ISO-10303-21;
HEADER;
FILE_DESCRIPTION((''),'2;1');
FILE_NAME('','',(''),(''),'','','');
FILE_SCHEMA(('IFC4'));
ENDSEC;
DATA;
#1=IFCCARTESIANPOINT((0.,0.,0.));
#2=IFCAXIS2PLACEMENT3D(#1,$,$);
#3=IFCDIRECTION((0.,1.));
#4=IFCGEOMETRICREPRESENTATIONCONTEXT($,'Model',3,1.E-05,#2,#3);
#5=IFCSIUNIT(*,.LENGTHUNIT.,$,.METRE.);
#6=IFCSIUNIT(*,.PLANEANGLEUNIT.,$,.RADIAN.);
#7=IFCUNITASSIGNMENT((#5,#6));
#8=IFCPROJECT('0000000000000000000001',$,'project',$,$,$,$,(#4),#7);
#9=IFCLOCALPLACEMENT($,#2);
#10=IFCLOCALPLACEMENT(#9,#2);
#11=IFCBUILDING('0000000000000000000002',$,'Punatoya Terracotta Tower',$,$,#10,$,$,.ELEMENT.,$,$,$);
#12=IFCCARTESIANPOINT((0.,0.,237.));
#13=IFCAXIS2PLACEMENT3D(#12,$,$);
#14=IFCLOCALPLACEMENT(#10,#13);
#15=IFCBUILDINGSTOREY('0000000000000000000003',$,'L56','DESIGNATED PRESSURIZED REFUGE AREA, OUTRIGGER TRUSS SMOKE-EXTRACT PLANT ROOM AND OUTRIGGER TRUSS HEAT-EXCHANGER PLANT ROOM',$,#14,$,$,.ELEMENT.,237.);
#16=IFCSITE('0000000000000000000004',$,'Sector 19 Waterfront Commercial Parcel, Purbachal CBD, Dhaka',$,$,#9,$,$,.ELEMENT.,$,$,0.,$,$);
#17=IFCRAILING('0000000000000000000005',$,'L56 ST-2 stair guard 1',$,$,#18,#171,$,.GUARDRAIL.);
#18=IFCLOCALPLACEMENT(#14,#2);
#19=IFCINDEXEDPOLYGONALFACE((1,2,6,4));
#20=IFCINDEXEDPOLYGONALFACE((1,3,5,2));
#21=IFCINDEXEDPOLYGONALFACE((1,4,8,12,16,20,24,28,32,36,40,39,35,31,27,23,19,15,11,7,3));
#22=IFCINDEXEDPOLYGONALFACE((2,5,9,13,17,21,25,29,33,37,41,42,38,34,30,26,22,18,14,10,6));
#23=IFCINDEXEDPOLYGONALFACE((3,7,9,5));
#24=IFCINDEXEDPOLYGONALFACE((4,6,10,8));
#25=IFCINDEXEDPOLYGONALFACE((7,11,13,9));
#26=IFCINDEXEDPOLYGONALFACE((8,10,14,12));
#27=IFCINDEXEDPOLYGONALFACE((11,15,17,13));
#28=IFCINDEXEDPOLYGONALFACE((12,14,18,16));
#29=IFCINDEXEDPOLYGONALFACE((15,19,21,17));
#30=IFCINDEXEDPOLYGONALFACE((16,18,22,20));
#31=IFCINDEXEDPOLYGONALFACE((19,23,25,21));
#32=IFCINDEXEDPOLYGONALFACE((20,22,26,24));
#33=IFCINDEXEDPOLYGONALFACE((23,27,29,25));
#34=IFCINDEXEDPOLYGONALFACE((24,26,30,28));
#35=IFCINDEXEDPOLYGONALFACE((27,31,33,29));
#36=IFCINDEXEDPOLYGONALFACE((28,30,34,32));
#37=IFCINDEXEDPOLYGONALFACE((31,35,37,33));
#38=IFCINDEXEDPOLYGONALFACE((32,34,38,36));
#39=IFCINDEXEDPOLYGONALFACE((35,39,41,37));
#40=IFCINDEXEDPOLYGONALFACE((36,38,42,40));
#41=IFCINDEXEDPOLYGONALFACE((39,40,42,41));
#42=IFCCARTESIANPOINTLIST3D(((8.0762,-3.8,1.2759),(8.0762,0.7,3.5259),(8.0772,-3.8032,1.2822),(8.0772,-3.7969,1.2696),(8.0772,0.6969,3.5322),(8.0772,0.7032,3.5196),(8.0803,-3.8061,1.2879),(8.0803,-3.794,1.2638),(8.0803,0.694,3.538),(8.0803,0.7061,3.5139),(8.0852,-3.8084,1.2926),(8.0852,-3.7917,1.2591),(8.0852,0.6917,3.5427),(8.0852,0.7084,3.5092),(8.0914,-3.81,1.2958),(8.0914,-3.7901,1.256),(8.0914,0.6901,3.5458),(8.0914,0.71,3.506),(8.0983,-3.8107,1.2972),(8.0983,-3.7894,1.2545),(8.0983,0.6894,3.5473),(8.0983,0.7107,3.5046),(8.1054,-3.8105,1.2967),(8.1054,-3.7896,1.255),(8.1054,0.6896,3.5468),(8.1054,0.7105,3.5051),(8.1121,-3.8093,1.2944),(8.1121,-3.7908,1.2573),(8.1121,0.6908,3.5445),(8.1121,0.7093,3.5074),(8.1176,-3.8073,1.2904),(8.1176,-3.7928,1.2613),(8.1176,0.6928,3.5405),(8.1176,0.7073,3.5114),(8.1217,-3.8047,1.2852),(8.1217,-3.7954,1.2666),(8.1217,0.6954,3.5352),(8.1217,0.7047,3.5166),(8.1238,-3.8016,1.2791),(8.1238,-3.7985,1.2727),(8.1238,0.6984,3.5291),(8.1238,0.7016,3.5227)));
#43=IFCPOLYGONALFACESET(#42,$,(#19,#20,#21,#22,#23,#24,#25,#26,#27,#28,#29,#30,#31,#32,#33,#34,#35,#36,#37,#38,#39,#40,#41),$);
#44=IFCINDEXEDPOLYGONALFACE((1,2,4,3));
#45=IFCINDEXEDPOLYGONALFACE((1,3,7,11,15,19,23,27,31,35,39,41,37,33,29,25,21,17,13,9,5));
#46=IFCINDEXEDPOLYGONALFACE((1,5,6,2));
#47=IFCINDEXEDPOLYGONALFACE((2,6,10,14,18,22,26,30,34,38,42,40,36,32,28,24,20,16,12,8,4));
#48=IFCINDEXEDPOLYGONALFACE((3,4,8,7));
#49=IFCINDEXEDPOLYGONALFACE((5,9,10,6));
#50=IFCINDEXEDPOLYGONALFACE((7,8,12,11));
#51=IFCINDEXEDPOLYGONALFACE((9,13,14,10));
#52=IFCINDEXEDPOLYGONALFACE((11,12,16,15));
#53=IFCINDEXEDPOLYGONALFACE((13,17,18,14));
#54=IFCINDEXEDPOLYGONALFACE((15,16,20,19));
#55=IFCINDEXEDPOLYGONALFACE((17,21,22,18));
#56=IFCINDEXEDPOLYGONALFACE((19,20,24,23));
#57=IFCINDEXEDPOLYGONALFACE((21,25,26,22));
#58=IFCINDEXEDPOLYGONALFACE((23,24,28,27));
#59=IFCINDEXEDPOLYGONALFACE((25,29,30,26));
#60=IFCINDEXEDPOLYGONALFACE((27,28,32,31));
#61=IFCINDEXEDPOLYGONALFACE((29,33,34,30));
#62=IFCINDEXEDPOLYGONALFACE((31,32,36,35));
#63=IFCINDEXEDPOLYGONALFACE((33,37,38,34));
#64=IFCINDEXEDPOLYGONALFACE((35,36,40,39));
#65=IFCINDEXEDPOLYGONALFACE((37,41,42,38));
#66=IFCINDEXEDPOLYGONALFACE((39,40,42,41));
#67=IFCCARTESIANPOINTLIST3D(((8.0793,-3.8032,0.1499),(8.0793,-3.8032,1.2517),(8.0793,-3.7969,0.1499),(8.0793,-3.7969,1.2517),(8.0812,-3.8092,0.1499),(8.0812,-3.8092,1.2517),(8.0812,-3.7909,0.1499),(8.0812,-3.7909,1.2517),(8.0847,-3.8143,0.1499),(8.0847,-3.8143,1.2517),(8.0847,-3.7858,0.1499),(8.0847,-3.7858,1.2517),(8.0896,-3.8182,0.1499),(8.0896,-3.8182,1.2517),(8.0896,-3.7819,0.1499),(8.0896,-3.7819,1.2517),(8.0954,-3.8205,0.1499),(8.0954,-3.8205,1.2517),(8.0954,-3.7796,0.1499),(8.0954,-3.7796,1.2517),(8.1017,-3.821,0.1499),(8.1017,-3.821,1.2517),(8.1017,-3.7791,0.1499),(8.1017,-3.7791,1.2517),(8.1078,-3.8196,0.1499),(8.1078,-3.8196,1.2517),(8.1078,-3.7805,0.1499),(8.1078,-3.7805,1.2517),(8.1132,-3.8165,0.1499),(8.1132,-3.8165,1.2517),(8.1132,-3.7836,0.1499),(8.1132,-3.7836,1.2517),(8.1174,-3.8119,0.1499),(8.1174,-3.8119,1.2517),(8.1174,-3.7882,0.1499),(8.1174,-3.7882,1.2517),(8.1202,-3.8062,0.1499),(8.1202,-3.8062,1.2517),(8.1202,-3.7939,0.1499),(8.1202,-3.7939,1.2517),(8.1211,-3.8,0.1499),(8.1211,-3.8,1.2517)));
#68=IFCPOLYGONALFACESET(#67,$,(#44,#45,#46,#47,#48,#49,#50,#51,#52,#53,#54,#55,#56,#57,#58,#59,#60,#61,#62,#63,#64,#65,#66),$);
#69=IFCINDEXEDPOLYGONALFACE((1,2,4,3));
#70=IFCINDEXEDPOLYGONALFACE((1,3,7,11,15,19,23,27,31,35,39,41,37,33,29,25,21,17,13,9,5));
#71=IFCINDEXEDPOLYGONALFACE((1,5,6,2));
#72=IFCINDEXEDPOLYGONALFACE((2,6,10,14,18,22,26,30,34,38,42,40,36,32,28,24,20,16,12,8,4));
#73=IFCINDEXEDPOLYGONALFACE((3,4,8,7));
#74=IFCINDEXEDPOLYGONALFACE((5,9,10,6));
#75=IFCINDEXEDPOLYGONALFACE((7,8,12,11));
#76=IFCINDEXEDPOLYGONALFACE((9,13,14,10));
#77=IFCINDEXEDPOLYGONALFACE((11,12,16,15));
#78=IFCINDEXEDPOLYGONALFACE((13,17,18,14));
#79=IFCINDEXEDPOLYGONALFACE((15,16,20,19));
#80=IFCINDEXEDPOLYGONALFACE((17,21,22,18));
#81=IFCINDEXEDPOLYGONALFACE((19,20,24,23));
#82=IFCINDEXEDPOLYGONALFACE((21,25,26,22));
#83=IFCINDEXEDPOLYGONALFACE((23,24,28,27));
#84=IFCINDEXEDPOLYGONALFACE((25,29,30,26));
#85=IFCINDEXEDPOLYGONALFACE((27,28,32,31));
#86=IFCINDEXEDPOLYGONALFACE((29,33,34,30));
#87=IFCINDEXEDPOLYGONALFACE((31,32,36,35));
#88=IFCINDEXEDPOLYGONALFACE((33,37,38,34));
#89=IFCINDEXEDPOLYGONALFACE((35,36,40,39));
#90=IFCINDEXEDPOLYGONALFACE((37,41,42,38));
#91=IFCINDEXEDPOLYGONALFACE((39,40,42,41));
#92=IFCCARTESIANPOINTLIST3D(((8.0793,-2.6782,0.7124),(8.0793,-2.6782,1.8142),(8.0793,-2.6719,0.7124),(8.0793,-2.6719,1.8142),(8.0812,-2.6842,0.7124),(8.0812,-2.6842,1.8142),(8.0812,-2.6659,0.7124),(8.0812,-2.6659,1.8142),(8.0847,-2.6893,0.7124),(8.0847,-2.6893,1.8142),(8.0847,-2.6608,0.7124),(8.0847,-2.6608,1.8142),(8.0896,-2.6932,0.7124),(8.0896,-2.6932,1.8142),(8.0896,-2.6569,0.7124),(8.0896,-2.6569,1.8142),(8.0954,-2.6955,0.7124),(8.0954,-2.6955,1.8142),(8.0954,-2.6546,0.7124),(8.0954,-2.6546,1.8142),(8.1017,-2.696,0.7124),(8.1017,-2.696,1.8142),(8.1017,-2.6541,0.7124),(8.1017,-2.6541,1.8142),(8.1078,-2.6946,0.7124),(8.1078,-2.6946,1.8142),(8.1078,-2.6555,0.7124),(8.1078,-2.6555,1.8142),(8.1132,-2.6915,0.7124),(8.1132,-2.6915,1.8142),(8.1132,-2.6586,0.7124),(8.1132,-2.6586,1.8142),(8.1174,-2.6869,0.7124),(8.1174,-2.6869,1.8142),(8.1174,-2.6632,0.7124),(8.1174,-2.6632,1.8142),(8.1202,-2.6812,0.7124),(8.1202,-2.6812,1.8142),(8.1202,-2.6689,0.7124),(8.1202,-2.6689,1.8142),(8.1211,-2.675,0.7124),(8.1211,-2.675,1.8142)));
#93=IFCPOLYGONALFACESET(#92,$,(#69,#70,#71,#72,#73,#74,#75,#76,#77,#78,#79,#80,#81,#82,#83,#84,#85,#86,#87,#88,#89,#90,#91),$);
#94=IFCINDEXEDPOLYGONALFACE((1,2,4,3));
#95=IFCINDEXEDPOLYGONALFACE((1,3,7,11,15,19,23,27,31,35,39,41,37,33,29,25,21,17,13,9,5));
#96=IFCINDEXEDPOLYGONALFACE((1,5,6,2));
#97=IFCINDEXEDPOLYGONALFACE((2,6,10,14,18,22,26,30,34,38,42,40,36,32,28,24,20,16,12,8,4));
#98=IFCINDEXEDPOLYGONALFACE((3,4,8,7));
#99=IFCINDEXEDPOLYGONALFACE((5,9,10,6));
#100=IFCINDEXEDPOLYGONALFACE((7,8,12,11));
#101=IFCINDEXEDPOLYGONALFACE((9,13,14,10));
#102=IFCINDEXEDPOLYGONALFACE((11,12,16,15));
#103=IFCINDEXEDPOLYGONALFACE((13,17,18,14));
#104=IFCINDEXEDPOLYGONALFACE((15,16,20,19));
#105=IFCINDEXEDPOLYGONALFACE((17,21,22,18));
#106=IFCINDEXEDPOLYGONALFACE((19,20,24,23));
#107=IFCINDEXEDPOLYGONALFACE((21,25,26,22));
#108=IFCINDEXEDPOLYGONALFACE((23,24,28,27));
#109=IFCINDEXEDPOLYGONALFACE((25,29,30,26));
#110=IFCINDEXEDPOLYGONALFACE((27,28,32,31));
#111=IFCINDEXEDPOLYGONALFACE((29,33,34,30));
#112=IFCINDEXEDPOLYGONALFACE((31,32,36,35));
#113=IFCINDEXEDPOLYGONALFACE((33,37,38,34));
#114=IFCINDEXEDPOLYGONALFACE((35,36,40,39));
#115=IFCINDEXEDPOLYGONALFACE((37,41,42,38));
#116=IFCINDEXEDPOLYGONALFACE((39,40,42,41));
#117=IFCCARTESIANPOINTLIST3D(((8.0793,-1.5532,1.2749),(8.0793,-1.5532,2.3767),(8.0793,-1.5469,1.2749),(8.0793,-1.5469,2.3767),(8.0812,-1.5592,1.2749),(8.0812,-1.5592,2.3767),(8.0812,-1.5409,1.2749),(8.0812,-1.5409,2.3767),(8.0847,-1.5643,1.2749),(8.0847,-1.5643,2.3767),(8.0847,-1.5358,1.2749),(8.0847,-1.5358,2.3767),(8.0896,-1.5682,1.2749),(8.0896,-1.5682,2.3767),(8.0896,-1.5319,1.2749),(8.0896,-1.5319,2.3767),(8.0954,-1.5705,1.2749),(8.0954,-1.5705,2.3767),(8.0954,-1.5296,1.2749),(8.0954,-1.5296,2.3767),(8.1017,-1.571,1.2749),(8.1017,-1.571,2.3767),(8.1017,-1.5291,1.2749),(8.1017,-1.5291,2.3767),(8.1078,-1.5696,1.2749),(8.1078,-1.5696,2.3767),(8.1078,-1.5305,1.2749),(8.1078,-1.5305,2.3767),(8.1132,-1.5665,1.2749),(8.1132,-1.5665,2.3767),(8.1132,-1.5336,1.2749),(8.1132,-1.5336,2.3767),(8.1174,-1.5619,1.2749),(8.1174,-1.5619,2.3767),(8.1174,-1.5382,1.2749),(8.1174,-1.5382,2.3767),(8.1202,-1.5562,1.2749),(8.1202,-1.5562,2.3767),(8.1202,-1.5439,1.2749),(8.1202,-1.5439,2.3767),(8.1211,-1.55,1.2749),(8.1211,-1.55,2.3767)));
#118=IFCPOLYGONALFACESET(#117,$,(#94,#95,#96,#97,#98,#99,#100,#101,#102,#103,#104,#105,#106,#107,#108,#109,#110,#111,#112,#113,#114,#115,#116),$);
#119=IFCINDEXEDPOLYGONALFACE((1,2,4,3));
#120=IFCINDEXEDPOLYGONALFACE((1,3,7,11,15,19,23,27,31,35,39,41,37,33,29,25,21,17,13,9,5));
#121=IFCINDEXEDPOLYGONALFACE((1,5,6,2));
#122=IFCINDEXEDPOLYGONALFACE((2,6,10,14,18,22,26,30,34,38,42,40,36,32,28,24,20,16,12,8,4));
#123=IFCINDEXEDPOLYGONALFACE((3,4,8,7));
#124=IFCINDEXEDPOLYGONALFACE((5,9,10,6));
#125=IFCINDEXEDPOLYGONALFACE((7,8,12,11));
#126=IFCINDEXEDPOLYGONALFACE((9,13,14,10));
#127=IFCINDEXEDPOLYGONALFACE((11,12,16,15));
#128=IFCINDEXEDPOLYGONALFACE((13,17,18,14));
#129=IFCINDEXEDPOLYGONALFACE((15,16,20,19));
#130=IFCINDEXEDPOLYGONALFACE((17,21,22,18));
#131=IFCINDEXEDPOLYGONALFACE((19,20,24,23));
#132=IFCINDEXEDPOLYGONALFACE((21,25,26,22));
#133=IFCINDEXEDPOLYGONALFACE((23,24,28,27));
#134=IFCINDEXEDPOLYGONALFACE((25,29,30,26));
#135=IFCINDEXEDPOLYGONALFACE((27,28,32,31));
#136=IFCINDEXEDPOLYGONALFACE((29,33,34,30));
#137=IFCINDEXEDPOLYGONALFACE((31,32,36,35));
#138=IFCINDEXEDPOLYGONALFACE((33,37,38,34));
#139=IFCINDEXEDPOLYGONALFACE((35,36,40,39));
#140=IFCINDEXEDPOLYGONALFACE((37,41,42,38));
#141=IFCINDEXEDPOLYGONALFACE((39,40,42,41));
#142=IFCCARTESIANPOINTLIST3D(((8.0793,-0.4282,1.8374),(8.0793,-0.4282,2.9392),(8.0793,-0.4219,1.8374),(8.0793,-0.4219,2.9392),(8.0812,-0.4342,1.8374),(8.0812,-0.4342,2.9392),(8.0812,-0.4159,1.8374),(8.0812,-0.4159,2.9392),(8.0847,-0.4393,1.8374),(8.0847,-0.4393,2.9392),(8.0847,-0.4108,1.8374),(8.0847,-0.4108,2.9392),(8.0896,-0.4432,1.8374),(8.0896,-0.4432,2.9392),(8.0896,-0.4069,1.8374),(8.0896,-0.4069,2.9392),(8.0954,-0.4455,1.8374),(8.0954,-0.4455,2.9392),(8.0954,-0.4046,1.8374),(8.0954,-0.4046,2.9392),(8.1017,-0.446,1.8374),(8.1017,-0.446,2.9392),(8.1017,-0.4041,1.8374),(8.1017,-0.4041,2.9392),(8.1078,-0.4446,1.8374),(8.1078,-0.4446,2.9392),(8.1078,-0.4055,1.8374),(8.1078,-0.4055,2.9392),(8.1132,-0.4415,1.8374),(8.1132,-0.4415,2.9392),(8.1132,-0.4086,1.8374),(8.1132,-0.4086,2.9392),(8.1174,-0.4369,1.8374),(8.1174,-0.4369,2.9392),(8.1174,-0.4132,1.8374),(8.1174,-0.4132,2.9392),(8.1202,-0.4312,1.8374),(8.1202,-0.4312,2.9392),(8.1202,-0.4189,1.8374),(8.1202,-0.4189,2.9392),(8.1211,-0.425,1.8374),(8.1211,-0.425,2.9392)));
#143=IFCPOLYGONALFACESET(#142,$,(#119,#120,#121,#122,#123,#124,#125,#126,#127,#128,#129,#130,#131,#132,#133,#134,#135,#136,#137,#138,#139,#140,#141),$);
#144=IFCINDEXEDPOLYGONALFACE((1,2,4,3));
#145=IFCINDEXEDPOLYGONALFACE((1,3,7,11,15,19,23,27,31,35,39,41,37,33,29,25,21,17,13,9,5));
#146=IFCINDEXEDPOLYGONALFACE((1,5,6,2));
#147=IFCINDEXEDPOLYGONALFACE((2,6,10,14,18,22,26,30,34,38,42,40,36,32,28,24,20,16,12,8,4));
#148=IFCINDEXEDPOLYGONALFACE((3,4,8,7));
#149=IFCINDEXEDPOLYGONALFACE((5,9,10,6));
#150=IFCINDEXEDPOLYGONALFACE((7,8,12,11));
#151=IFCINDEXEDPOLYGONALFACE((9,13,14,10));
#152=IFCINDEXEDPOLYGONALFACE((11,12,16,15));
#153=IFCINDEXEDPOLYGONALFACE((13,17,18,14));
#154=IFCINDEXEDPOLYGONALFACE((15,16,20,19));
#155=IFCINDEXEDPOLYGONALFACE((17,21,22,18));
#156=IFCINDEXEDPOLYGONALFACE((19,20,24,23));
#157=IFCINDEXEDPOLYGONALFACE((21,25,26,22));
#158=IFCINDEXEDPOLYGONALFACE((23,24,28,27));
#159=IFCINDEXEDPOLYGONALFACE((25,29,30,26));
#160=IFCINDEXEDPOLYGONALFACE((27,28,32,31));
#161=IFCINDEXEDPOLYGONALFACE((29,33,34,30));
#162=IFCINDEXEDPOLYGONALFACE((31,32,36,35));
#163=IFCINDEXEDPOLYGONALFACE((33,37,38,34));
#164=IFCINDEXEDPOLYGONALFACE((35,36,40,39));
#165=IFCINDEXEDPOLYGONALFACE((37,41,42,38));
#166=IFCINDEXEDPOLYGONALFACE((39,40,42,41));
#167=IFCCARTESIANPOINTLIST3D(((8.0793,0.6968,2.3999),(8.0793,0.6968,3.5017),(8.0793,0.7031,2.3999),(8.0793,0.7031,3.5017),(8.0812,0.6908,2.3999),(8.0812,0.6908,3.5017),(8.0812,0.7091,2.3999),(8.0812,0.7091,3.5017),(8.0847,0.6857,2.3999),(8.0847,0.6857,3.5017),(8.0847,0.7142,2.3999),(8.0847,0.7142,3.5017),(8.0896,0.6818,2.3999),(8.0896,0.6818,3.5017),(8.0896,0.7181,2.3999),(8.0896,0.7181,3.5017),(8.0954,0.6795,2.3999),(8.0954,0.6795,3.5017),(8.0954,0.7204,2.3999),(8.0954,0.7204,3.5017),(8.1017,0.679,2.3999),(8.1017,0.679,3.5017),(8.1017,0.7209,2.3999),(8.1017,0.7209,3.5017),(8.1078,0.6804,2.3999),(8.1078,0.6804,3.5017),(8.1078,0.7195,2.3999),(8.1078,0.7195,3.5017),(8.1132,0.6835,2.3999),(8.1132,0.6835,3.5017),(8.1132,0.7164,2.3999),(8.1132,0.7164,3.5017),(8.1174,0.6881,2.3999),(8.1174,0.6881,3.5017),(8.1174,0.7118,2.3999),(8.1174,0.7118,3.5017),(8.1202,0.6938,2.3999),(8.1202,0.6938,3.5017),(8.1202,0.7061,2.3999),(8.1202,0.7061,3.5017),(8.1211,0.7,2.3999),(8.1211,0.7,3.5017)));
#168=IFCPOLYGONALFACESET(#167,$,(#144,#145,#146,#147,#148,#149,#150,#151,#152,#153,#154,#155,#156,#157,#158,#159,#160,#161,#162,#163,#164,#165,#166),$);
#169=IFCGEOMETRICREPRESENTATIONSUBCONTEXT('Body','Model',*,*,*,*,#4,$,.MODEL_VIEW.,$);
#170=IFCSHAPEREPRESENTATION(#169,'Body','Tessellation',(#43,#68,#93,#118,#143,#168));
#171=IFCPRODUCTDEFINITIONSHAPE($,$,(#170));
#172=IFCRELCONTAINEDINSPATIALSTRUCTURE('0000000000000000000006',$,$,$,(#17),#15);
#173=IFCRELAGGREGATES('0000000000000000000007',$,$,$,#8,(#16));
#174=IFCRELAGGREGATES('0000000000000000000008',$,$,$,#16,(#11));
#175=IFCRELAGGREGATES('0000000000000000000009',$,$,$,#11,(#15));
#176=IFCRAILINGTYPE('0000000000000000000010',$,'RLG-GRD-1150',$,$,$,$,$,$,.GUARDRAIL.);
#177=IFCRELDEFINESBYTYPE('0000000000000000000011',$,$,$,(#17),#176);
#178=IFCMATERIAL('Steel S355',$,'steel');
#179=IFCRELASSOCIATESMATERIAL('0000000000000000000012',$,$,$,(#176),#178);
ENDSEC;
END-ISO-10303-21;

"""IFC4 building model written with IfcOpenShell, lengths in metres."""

from ifc_helpers import new_model, si_unit, direction, frame, origin, origin_2d, place, context, subcontext, project, spatial, circle, extrude, material, type_object, element, save


model = new_model("IFC4")

# Units and contexts
model_context = context("Model", 3, precision=1e-05, world=origin(), true_north=direction((0.0, 1.0)))
body_context = subcontext(model_context, "Body", "Model", "MODEL_VIEW")
ifc_project = project(units=[si_unit("LENGTHUNIT", "METRE"), si_unit("PLANEANGLEUNIT", "RADIAN")], contexts=[model_context])

# Site, building, storey
site_placement = place(None, origin())
site = spatial("IfcSite", under=ifc_project, at=site_placement, Name="Sector 19 Waterfront Commercial Parcel, Purbachal CBD, Dhaka", CompositionType="ELEMENT", RefElevation=0.0)
building_placement = place(site_placement, origin())
building = spatial("IfcBuilding", under=site, at=building_placement, Name="Punatoya Terracotta Tower", CompositionType="ELEMENT")
storey_placement = place(building_placement, frame((0.0, 0.0, 237.0)))
storey = spatial("IfcBuildingStorey", under=building, at=storey_placement, Name="L56", Description="DESIGNATED PRESSURIZED REFUGE AREA, OUTRIGGER TRUSS SMOKE-EXTRACT PLANT ROOM AND OUTRIGGER TRUSS HEAT-EXCHANGER PLANT ROOM", CompositionType="ELEMENT", Elevation=237.0)

# Railing
ifc_material_1 = material(Name="Steel S355", Category="steel")
railing_type_1 = type_object("IfcRailingType", Name="RLG-GRD-1150", PredefinedType="GUARDRAIL", material=ifc_material_1)
railing_1_placement = place(storey_placement, frame((8.1001, -3.8, 0.1499)))
element("IfcRailing", 1, at=railing_1_placement, inside=storey, type_object=railing_type_1, Name="L56 ST-2 stair guard 1", PredefinedType="GUARDRAIL", context=body_context, shape_type="SweptSolid", body=[
    extrude(circle(Radius=0.0239, at=origin_2d()), frame((0.0, 0.0, 1.126), z_axis=(0.0, 0.894427, 0.447214), x_axis=(-1.0, 0.0, 0.0)), (0.0, 0.0, 1.0), 5.0312),
    extrude(circle(Radius=0.021, at=origin_2d()), origin(), (0.0, 0.0, 1.0), 1.1018),
    extrude(circle(Radius=0.021, at=origin_2d()), frame((0.0, 1.125, 0.5625)), (0.0, 0.0, 1.0), 1.1018),
    extrude(circle(Radius=0.021, at=origin_2d()), frame((0.0, 2.25, 1.125)), (0.0, 0.0, 1.0), 1.1018),
    extrude(circle(Radius=0.021, at=origin_2d()), frame((0.0, 3.375, 1.6875)), (0.0, 0.0, 1.0), 1.1018),
    extrude(circle(Radius=0.021, at=origin_2d()), frame((0.0, 4.5, 2.25)), (0.0, 0.0, 1.0), 1.1018),
])

save(model, "model.ifc")
